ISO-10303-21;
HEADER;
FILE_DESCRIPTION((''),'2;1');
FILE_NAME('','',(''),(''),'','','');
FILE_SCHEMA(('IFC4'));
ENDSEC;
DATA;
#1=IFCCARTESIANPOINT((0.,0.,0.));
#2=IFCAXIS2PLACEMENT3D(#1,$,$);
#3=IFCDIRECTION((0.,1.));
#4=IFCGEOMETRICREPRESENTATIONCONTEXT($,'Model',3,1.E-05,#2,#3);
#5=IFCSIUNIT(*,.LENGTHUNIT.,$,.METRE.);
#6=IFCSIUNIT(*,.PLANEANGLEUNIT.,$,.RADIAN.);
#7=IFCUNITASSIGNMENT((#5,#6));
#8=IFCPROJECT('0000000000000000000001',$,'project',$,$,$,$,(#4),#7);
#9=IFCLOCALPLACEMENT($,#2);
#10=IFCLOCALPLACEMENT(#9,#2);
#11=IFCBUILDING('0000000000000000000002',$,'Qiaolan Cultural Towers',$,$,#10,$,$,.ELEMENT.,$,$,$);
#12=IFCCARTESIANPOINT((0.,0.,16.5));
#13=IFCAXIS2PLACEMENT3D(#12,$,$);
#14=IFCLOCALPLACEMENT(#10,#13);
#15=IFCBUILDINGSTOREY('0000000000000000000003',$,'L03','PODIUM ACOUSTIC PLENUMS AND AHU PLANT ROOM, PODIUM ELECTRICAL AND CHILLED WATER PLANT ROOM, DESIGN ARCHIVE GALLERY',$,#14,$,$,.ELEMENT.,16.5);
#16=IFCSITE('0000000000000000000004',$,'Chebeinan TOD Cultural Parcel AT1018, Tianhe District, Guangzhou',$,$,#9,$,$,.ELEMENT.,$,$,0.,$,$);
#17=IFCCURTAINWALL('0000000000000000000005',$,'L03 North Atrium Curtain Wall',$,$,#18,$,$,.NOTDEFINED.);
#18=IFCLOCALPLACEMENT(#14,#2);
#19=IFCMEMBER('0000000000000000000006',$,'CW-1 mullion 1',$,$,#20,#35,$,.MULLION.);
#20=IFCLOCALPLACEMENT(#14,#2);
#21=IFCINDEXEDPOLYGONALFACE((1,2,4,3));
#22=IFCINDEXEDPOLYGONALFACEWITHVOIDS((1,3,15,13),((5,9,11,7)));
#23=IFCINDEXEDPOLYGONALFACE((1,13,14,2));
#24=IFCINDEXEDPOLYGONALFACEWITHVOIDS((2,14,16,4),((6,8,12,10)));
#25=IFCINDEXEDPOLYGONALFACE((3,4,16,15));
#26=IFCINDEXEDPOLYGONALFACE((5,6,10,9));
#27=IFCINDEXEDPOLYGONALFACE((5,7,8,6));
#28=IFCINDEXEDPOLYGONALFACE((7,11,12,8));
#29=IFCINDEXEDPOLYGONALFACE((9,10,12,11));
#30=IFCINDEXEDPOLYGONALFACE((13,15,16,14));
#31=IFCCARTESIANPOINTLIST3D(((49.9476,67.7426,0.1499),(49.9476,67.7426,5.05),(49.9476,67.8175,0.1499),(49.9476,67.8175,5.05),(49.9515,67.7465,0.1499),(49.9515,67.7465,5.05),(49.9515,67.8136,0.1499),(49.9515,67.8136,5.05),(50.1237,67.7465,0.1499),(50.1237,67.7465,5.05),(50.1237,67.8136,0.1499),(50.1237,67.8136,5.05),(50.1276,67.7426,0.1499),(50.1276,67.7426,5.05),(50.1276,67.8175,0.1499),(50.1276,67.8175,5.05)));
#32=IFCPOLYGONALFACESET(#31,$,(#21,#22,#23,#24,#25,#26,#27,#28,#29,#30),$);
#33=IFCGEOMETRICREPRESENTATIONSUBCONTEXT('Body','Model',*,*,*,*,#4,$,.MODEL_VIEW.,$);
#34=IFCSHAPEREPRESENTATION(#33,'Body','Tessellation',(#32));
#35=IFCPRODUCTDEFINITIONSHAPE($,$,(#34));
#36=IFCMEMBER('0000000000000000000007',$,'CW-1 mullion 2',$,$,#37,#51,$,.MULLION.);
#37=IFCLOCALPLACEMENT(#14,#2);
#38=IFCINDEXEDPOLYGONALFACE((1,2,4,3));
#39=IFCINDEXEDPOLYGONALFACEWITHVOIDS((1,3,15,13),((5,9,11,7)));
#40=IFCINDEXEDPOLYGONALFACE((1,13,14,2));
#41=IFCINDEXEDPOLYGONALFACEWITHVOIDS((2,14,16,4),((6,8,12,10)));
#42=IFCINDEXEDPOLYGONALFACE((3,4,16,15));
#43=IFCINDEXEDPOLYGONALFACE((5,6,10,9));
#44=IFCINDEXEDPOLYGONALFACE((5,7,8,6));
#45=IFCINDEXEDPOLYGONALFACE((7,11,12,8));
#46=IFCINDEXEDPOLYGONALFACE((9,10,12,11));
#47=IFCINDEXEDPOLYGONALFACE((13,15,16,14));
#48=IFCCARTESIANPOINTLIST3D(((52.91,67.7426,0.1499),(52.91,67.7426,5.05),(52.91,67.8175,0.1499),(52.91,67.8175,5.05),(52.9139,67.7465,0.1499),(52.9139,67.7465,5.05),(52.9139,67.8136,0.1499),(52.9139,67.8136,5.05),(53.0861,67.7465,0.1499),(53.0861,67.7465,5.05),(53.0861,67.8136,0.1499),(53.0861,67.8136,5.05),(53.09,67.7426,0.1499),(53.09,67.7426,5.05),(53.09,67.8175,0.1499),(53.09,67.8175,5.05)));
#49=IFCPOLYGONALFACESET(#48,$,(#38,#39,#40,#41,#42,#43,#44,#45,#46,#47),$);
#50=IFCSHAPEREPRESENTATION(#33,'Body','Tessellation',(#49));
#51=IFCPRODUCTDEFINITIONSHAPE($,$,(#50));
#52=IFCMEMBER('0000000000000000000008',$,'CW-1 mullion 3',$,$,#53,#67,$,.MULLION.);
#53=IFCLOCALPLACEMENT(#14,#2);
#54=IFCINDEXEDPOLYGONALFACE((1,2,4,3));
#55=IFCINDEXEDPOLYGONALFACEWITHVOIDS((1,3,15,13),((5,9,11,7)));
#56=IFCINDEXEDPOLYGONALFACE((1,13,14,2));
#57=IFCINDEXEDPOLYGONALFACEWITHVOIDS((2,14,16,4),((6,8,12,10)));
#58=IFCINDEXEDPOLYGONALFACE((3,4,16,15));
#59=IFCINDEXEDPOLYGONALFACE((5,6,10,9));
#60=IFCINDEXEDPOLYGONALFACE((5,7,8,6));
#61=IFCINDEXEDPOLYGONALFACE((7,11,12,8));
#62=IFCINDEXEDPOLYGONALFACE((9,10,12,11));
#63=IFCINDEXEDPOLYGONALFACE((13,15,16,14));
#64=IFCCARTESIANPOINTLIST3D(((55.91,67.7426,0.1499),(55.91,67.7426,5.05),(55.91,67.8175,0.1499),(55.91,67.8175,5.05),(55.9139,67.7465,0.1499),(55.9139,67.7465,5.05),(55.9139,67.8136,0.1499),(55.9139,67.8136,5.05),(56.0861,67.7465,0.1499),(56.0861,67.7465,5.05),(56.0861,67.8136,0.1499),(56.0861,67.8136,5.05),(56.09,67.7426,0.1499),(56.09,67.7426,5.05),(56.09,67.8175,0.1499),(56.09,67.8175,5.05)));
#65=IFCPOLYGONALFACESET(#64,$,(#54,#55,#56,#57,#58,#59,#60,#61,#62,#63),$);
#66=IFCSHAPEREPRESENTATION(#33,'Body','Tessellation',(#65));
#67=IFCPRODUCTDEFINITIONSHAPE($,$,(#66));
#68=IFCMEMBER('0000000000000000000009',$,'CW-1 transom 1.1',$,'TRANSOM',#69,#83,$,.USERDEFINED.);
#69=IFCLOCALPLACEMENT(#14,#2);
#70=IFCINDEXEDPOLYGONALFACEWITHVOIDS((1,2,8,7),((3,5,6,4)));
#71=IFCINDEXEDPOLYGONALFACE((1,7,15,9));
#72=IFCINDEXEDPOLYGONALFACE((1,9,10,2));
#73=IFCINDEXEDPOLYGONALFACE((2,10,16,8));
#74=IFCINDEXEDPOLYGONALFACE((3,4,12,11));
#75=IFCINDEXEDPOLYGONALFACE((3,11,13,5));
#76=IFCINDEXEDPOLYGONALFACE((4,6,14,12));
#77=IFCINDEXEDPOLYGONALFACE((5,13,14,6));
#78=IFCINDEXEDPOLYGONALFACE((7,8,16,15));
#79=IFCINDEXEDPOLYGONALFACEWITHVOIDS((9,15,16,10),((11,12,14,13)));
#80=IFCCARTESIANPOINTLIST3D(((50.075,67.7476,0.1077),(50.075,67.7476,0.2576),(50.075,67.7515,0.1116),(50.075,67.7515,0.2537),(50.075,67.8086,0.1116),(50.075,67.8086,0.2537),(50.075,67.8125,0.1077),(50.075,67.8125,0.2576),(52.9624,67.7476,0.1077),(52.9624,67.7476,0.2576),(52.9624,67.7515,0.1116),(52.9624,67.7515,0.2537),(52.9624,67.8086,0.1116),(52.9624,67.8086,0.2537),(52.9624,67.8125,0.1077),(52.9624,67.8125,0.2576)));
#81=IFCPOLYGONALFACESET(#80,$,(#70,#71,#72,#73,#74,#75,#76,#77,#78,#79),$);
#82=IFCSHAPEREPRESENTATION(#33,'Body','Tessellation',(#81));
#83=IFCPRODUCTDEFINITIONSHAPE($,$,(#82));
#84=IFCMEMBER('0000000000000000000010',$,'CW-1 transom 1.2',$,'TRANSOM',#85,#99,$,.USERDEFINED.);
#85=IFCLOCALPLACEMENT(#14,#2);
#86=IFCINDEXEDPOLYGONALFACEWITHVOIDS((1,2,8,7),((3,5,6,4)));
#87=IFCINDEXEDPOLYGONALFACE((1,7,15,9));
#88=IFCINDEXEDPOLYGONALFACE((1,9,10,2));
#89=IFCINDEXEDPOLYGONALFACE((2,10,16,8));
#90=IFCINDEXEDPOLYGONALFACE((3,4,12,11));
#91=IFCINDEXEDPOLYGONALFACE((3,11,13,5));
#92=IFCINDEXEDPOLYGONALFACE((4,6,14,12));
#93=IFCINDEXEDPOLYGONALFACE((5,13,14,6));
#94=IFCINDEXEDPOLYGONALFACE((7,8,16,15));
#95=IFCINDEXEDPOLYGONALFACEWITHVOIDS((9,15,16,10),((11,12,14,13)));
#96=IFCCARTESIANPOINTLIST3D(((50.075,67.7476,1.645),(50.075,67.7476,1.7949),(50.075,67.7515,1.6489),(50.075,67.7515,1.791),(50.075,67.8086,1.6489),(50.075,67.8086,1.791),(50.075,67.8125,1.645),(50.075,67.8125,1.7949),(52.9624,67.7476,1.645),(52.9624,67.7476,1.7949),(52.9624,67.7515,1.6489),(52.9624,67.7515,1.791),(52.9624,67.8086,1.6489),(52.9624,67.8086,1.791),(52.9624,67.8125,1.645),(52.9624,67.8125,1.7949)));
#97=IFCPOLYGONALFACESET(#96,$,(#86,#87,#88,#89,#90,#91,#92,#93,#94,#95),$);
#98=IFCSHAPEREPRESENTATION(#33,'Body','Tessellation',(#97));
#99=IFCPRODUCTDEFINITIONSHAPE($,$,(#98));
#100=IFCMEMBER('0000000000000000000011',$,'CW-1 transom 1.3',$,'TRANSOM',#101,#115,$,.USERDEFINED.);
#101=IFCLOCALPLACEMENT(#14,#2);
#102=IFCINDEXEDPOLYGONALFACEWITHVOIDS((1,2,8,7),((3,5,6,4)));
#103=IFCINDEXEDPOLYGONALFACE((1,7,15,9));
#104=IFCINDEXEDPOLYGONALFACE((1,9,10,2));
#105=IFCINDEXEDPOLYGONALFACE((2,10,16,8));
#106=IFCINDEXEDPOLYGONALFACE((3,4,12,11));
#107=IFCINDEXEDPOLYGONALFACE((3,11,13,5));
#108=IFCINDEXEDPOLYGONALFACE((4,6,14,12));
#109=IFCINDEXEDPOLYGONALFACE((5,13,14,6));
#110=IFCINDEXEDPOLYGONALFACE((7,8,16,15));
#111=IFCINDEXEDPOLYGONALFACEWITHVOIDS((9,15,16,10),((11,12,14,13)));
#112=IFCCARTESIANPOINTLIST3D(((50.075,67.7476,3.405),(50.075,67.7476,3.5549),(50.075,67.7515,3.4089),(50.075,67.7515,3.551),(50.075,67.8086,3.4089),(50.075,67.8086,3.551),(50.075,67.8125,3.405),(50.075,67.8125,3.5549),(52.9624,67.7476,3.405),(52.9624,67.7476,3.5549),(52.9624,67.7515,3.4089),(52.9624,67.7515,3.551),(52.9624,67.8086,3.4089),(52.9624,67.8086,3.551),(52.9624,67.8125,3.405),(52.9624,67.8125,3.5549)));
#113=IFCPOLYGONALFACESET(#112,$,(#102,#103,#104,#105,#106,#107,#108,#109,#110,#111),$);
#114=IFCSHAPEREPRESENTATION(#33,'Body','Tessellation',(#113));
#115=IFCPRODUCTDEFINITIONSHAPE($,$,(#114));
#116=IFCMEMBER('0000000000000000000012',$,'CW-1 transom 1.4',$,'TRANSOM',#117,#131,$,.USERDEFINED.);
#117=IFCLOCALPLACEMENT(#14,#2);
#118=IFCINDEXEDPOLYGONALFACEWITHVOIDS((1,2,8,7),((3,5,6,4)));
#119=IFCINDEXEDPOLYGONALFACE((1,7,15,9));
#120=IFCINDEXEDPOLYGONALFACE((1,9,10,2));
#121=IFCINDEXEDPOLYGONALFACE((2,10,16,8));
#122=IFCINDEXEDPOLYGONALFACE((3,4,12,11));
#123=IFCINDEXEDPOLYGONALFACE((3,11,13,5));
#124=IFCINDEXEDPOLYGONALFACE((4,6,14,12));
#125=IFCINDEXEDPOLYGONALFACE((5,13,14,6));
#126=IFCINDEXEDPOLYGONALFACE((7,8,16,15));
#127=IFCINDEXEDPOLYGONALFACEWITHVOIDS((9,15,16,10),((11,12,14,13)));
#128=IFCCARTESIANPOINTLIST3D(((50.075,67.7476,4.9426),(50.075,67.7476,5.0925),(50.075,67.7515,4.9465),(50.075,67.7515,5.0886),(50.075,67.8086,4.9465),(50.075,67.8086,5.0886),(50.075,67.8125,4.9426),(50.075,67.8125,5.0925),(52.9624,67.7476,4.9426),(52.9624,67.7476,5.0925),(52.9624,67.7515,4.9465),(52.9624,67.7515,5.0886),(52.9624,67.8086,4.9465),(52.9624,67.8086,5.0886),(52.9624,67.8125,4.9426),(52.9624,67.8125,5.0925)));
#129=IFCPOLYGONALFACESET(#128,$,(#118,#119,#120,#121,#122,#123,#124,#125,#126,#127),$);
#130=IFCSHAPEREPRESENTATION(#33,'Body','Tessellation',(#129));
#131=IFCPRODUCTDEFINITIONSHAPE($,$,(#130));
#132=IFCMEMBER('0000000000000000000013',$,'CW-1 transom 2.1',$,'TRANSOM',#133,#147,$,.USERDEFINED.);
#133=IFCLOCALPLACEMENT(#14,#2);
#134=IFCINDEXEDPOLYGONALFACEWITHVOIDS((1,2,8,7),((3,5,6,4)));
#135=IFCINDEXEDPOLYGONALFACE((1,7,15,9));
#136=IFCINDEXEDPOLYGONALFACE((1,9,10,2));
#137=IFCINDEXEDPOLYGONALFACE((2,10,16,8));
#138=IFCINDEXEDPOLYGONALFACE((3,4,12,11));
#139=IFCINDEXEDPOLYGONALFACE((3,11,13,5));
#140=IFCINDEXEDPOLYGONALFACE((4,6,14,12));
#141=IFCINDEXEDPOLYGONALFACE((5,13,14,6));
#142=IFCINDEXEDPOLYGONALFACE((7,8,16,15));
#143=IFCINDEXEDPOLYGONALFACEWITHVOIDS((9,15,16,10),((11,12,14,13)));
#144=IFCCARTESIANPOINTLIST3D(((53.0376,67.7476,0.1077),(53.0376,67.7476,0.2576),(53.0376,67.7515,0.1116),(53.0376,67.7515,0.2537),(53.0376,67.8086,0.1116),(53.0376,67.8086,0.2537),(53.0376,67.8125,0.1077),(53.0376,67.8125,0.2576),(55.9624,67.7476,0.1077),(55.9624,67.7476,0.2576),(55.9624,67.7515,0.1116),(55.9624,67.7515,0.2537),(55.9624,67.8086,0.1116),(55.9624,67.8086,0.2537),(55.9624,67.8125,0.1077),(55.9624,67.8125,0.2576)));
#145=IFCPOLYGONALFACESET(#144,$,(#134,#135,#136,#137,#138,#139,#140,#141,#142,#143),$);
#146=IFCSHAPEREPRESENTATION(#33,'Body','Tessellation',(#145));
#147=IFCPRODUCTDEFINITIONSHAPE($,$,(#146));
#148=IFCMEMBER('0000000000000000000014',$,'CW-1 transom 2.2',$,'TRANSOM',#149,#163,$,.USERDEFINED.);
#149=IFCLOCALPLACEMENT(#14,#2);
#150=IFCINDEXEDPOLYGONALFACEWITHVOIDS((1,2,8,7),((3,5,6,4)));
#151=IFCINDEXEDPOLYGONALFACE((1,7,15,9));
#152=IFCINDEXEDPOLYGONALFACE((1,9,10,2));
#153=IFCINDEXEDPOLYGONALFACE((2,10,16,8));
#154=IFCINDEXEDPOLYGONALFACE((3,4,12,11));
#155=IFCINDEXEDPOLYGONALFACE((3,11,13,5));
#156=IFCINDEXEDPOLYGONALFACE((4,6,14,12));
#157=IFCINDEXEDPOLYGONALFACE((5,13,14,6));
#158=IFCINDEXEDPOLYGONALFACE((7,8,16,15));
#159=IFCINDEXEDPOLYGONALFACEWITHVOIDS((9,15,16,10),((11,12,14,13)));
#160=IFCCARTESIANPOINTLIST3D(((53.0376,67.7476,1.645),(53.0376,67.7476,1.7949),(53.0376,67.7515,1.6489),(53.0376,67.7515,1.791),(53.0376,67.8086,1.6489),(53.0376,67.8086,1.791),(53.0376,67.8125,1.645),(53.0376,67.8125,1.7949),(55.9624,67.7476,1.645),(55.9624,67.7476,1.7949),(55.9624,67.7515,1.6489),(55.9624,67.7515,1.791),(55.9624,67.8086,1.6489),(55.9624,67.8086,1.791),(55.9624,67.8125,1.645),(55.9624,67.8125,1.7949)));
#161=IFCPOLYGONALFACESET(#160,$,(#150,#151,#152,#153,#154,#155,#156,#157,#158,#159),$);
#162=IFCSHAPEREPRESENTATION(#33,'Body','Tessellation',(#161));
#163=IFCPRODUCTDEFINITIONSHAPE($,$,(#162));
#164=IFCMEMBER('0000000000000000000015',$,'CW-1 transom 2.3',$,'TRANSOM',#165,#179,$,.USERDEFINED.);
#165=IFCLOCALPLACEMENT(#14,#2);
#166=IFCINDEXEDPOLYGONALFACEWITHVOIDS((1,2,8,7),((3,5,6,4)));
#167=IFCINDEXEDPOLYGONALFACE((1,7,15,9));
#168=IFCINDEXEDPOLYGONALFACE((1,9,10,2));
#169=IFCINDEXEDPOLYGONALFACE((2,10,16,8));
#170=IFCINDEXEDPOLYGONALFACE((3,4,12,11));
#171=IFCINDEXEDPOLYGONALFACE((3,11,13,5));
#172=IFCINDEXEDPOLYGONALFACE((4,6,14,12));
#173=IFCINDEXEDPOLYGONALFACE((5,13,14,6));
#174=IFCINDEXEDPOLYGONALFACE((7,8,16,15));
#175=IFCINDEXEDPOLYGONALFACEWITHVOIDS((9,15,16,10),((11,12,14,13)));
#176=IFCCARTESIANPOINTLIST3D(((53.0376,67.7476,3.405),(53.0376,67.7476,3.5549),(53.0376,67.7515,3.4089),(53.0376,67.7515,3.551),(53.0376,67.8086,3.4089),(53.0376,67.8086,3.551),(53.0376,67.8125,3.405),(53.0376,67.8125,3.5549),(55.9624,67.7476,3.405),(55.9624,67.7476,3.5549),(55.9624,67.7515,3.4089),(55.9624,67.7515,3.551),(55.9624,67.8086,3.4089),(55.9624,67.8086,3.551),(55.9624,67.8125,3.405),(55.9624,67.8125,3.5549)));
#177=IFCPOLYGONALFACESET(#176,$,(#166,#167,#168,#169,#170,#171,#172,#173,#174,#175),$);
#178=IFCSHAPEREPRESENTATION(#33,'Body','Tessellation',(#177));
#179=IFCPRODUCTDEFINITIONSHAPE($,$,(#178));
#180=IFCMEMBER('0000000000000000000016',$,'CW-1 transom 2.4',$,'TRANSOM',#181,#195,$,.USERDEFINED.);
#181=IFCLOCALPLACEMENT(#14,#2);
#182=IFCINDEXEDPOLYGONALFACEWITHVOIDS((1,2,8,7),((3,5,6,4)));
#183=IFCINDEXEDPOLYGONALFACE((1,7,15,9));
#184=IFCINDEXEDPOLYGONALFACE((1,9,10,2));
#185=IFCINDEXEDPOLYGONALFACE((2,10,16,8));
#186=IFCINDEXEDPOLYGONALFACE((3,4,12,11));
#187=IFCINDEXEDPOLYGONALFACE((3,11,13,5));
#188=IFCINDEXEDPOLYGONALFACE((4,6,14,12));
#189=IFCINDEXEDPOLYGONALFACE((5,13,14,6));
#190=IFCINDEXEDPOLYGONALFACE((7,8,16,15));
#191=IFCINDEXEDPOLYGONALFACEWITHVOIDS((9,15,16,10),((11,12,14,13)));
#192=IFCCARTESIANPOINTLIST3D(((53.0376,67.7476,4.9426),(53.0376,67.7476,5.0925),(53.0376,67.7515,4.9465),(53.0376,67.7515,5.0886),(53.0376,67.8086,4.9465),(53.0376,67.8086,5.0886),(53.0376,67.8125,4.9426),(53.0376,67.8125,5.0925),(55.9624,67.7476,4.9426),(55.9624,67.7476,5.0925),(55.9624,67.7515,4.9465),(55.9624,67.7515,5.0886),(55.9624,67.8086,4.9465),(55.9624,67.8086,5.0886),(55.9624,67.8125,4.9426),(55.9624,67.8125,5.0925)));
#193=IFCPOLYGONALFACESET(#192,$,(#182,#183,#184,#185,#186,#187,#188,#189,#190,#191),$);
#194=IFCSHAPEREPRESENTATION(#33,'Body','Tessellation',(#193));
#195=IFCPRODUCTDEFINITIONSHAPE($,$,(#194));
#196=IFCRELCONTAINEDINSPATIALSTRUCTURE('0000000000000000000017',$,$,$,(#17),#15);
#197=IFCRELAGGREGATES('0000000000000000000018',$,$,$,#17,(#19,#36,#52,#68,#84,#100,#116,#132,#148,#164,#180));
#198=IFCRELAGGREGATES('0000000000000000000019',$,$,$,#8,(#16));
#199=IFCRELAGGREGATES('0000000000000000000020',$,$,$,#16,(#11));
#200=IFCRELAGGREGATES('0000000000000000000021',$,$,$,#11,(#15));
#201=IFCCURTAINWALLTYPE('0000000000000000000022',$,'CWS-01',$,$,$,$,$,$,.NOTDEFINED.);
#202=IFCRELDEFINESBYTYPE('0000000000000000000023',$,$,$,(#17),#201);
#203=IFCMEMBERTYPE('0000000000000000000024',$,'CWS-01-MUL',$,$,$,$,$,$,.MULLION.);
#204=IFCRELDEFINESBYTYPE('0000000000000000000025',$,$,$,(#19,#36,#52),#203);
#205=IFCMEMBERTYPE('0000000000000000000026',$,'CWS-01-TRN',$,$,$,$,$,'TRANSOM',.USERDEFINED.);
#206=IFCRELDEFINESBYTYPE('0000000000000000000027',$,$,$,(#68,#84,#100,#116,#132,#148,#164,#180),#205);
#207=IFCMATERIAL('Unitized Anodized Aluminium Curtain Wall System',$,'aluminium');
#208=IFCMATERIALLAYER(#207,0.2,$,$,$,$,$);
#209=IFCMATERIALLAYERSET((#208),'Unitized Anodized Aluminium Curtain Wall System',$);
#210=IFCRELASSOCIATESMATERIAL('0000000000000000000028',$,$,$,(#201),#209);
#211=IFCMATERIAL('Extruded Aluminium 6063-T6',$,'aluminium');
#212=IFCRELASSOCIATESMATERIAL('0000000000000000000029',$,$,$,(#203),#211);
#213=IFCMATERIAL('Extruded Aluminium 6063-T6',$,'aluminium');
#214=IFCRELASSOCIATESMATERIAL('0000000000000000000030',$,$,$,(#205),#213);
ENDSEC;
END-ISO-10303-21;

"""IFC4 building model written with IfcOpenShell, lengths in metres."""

from ifc_helpers import new_model, si_unit, direction, frame, origin, origin_2d, place, context, subcontext, project, spatial, hollow_rectangle, extrude, material, layer, layer_set, material_profile, profile_set, type_object, element, aggregate, save


model = new_model("IFC4")

# Units and contexts
model_context = context("Model", 3, precision=1e-05, world=origin(), true_north=direction((0.0, 1.0)))
body_context = subcontext(model_context, "Body", "Model", "MODEL_VIEW")
ifc_project = project(units=[si_unit("LENGTHUNIT", "METRE"), si_unit("PLANEANGLEUNIT", "RADIAN")], contexts=[model_context])

# Site, building, storey
site_placement = place(None, origin())
site = spatial("IfcSite", under=ifc_project, at=site_placement, Name="Chebeinan TOD Cultural Parcel AT1018, Tianhe District, Guangzhou", CompositionType="ELEMENT", RefElevation=0.0)
building_placement = place(site_placement, origin())
building = spatial("IfcBuilding", under=site, at=building_placement, Name="Qiaolan Cultural Towers", CompositionType="ELEMENT")
storey_placement = place(building_placement, frame((0.0, 0.0, 16.5)))
storey = spatial("IfcBuildingStorey", under=building, at=storey_placement, Name="L03", Description="PODIUM ACOUSTIC PLENUMS AND AHU PLANT ROOM, PODIUM ELECTRICAL AND CHILLED WATER PLANT ROOM, DESIGN ARCHIVE GALLERY", CompositionType="ELEMENT", Elevation=16.5)

# Curtain wall, members
ifc_material_1 = material(Name="Unitized Anodized Aluminium Curtain Wall System", Category="aluminium")
ifc_layer_1 = layer(ifc_material_1, 0.2)
ifc_layer_set_1 = layer_set([ifc_layer_1], Name="Unitized Anodized Aluminium Curtain Wall System")
curtain_wall_type = type_object("IfcCurtainWallType", Name="CWS-01", PredefinedType="NOTDEFINED", material=ifc_layer_set_1)
curtain_wall_placement = place(storey_placement, origin())
curtain_wall = element("IfcCurtainWall", 1, at=curtain_wall_placement, inside=storey, type_object=curtain_wall_type, Name="L03 North Atrium Curtain Wall", PredefinedType="NOTDEFINED")
ifc_material_2 = material(Name="Extruded Aluminium 6063-T6", Category="aluminium")
ifc_material_profile_1 = material_profile(ifc_material_2, hollow_rectangle(XDim=0.075, YDim=0.1799, WallThickness=0.0039, at=origin_2d()), Name="CWM-180x75x4")
ifc_profile_set_1 = profile_set([ifc_material_profile_1], Name="Extruded Aluminium 6063-T6")
member_type_1 = type_object("IfcMemberType", Name="CWS-01-MUL", PredefinedType="MULLION", material=ifc_profile_set_1)
member_1_placement = place(storey_placement, frame((50.0376, 67.78, 0.1499), z_axis=(0.0, 0.0, 1.0), x_axis=(0.0, 1.0, 0.0)))
member_1 = element("IfcMember", 2, at=member_1_placement, type_object=member_type_1, Name="CW-1 mullion 1", PredefinedType="MULLION", context=body_context, shape_type="SweptSolid", body=[
    extrude(hollow_rectangle(XDim=0.075, YDim=0.1799, WallThickness=0.0039, at=origin_2d()), origin(), (0.0, 0.0, 1.0), 4.9001),
])
member_2_placement = place(storey_placement, frame((53.0, 67.78, 0.1499), z_axis=(0.0, 0.0, 1.0), x_axis=(0.0, 1.0, 0.0)))
member_2 = element("IfcMember", 3, at=member_2_placement, type_object=member_type_1, Name="CW-1 mullion 2", PredefinedType="MULLION", context=body_context, shape_type="SweptSolid", body=[
    extrude(hollow_rectangle(XDim=0.075, YDim=0.1799, WallThickness=0.0039, at=origin_2d()), origin(), (0.0, 0.0, 1.0), 4.9001),
])
member_3_placement = place(storey_placement, frame((56.0, 67.78, 0.1499), z_axis=(0.0, 0.0, 1.0), x_axis=(0.0, 1.0, 0.0)))
member_3 = element("IfcMember", 4, at=member_3_placement, type_object=member_type_1, Name="CW-1 mullion 3", PredefinedType="MULLION", context=body_context, shape_type="SweptSolid", body=[
    extrude(hollow_rectangle(XDim=0.075, YDim=0.1799, WallThickness=0.0039, at=origin_2d()), origin(), (0.0, 0.0, 1.0), 4.9001),
])
ifc_material_3 = material(Name="Extruded Aluminium 6063-T6", Category="aluminium")
ifc_material_profile_2 = material_profile(ifc_material_3, hollow_rectangle(XDim=0.0649, YDim=0.1499, WallThickness=0.0039, at=origin_2d()), Name="CWT-150x65x4")
ifc_profile_set_2 = profile_set([ifc_material_profile_2], Name="Extruded Aluminium 6063-T6")
member_type_2 = type_object("IfcMemberType", Name="CWS-01-TRN", ElementType="TRANSOM", PredefinedType="USERDEFINED", material=ifc_profile_set_2)
member_4_placement = place(storey_placement, frame((50.075, 67.78, 0.1826), z_axis=(1.0, 0.0, 0.0), x_axis=(0.0, 1.0, 0.0)))
member_4 = element("IfcMember", 5, at=member_4_placement, type_object=member_type_2, Name="CW-1 transom 1.1", ObjectType="TRANSOM", PredefinedType="USERDEFINED", context=body_context, shape_type="SweptSolid", body=[
    extrude(hollow_rectangle(XDim=0.0649, YDim=0.1499, WallThickness=0.0039, at=origin_2d()), origin(), (0.0, 0.0, 1.0), 2.8875),
])
member_5_placement = place(storey_placement, frame((50.075, 67.78, 1.72), z_axis=(1.0, 0.0, 0.0), x_axis=(0.0, 1.0, 0.0)))
member_5 = element("IfcMember", 6, at=member_5_placement, type_object=member_type_2, Name="CW-1 transom 1.2", ObjectType="TRANSOM", PredefinedType="USERDEFINED", context=body_context, shape_type="SweptSolid", body=[
    extrude(hollow_rectangle(XDim=0.0649, YDim=0.1499, WallThickness=0.0039, at=origin_2d()), origin(), (0.0, 0.0, 1.0), 2.8875),
])
member_6_placement = place(storey_placement, frame((50.075, 67.78, 3.48), z_axis=(1.0, 0.0, 0.0), x_axis=(0.0, 1.0, 0.0)))
member_6 = element("IfcMember", 7, at=member_6_placement, type_object=member_type_2, Name="CW-1 transom 1.3", ObjectType="TRANSOM", PredefinedType="USERDEFINED", context=body_context, shape_type="SweptSolid", body=[
    extrude(hollow_rectangle(XDim=0.0649, YDim=0.1499, WallThickness=0.0039, at=origin_2d()), origin(), (0.0, 0.0, 1.0), 2.8875),
])
member_7_placement = place(storey_placement, frame((50.075, 67.78, 5.0176), z_axis=(1.0, 0.0, 0.0), x_axis=(0.0, 1.0, 0.0)))
member_7 = element("IfcMember", 8, at=member_7_placement, type_object=member_type_2, Name="CW-1 transom 1.4", ObjectType="TRANSOM", PredefinedType="USERDEFINED", context=body_context, shape_type="SweptSolid", body=[
    extrude(hollow_rectangle(XDim=0.0649, YDim=0.1499, WallThickness=0.0039, at=origin_2d()), origin(), (0.0, 0.0, 1.0), 2.8875),
])
member_8_placement = place(storey_placement, frame((53.0376, 67.78, 0.1826), z_axis=(1.0, 0.0, 0.0), x_axis=(0.0, 1.0, 0.0)))
member_8 = element("IfcMember", 9, at=member_8_placement, type_object=member_type_2, Name="CW-1 transom 2.1", ObjectType="TRANSOM", PredefinedType="USERDEFINED", context=body_context, shape_type="SweptSolid", body=[
    extrude(hollow_rectangle(XDim=0.0649, YDim=0.1499, WallThickness=0.0039, at=origin_2d()), origin(), (0.0, 0.0, 1.0), 2.9248),
])
member_9_placement = place(storey_placement, frame((53.0376, 67.78, 1.72), z_axis=(1.0, 0.0, 0.0), x_axis=(0.0, 1.0, 0.0)))
member_9 = element("IfcMember", 10, at=member_9_placement, type_object=member_type_2, Name="CW-1 transom 2.2", ObjectType="TRANSOM", PredefinedType="USERDEFINED", context=body_context, shape_type="SweptSolid", body=[
    extrude(hollow_rectangle(XDim=0.0649, YDim=0.1499, WallThickness=0.0039, at=origin_2d()), origin(), (0.0, 0.0, 1.0), 2.9248),
])
member_10_placement = place(storey_placement, frame((53.0376, 67.78, 3.48), z_axis=(1.0, 0.0, 0.0), x_axis=(0.0, 1.0, 0.0)))
member_10 = element("IfcMember", 11, at=member_10_placement, type_object=member_type_2, Name="CW-1 transom 2.3", ObjectType="TRANSOM", PredefinedType="USERDEFINED", context=body_context, shape_type="SweptSolid", body=[
    extrude(hollow_rectangle(XDim=0.0649, YDim=0.1499, WallThickness=0.0039, at=origin_2d()), origin(), (0.0, 0.0, 1.0), 2.9248),
])
member_11_placement = place(storey_placement, frame((53.0376, 67.78, 5.0176), z_axis=(1.0, 0.0, 0.0), x_axis=(0.0, 1.0, 0.0)))
member_11 = element("IfcMember", 12, at=member_11_placement, type_object=member_type_2, Name="CW-1 transom 2.4", ObjectType="TRANSOM", PredefinedType="USERDEFINED", context=body_context, shape_type="SweptSolid", body=[
    extrude(hollow_rectangle(XDim=0.0649, YDim=0.1499, WallThickness=0.0039, at=origin_2d()), origin(), (0.0, 0.0, 1.0), 2.9248),
])

aggregate(curtain_wall, [member_1, member_2, member_3, member_4, member_5, member_6, member_7, member_8, member_9, member_10, member_11])

save(model, "model.ifc")
